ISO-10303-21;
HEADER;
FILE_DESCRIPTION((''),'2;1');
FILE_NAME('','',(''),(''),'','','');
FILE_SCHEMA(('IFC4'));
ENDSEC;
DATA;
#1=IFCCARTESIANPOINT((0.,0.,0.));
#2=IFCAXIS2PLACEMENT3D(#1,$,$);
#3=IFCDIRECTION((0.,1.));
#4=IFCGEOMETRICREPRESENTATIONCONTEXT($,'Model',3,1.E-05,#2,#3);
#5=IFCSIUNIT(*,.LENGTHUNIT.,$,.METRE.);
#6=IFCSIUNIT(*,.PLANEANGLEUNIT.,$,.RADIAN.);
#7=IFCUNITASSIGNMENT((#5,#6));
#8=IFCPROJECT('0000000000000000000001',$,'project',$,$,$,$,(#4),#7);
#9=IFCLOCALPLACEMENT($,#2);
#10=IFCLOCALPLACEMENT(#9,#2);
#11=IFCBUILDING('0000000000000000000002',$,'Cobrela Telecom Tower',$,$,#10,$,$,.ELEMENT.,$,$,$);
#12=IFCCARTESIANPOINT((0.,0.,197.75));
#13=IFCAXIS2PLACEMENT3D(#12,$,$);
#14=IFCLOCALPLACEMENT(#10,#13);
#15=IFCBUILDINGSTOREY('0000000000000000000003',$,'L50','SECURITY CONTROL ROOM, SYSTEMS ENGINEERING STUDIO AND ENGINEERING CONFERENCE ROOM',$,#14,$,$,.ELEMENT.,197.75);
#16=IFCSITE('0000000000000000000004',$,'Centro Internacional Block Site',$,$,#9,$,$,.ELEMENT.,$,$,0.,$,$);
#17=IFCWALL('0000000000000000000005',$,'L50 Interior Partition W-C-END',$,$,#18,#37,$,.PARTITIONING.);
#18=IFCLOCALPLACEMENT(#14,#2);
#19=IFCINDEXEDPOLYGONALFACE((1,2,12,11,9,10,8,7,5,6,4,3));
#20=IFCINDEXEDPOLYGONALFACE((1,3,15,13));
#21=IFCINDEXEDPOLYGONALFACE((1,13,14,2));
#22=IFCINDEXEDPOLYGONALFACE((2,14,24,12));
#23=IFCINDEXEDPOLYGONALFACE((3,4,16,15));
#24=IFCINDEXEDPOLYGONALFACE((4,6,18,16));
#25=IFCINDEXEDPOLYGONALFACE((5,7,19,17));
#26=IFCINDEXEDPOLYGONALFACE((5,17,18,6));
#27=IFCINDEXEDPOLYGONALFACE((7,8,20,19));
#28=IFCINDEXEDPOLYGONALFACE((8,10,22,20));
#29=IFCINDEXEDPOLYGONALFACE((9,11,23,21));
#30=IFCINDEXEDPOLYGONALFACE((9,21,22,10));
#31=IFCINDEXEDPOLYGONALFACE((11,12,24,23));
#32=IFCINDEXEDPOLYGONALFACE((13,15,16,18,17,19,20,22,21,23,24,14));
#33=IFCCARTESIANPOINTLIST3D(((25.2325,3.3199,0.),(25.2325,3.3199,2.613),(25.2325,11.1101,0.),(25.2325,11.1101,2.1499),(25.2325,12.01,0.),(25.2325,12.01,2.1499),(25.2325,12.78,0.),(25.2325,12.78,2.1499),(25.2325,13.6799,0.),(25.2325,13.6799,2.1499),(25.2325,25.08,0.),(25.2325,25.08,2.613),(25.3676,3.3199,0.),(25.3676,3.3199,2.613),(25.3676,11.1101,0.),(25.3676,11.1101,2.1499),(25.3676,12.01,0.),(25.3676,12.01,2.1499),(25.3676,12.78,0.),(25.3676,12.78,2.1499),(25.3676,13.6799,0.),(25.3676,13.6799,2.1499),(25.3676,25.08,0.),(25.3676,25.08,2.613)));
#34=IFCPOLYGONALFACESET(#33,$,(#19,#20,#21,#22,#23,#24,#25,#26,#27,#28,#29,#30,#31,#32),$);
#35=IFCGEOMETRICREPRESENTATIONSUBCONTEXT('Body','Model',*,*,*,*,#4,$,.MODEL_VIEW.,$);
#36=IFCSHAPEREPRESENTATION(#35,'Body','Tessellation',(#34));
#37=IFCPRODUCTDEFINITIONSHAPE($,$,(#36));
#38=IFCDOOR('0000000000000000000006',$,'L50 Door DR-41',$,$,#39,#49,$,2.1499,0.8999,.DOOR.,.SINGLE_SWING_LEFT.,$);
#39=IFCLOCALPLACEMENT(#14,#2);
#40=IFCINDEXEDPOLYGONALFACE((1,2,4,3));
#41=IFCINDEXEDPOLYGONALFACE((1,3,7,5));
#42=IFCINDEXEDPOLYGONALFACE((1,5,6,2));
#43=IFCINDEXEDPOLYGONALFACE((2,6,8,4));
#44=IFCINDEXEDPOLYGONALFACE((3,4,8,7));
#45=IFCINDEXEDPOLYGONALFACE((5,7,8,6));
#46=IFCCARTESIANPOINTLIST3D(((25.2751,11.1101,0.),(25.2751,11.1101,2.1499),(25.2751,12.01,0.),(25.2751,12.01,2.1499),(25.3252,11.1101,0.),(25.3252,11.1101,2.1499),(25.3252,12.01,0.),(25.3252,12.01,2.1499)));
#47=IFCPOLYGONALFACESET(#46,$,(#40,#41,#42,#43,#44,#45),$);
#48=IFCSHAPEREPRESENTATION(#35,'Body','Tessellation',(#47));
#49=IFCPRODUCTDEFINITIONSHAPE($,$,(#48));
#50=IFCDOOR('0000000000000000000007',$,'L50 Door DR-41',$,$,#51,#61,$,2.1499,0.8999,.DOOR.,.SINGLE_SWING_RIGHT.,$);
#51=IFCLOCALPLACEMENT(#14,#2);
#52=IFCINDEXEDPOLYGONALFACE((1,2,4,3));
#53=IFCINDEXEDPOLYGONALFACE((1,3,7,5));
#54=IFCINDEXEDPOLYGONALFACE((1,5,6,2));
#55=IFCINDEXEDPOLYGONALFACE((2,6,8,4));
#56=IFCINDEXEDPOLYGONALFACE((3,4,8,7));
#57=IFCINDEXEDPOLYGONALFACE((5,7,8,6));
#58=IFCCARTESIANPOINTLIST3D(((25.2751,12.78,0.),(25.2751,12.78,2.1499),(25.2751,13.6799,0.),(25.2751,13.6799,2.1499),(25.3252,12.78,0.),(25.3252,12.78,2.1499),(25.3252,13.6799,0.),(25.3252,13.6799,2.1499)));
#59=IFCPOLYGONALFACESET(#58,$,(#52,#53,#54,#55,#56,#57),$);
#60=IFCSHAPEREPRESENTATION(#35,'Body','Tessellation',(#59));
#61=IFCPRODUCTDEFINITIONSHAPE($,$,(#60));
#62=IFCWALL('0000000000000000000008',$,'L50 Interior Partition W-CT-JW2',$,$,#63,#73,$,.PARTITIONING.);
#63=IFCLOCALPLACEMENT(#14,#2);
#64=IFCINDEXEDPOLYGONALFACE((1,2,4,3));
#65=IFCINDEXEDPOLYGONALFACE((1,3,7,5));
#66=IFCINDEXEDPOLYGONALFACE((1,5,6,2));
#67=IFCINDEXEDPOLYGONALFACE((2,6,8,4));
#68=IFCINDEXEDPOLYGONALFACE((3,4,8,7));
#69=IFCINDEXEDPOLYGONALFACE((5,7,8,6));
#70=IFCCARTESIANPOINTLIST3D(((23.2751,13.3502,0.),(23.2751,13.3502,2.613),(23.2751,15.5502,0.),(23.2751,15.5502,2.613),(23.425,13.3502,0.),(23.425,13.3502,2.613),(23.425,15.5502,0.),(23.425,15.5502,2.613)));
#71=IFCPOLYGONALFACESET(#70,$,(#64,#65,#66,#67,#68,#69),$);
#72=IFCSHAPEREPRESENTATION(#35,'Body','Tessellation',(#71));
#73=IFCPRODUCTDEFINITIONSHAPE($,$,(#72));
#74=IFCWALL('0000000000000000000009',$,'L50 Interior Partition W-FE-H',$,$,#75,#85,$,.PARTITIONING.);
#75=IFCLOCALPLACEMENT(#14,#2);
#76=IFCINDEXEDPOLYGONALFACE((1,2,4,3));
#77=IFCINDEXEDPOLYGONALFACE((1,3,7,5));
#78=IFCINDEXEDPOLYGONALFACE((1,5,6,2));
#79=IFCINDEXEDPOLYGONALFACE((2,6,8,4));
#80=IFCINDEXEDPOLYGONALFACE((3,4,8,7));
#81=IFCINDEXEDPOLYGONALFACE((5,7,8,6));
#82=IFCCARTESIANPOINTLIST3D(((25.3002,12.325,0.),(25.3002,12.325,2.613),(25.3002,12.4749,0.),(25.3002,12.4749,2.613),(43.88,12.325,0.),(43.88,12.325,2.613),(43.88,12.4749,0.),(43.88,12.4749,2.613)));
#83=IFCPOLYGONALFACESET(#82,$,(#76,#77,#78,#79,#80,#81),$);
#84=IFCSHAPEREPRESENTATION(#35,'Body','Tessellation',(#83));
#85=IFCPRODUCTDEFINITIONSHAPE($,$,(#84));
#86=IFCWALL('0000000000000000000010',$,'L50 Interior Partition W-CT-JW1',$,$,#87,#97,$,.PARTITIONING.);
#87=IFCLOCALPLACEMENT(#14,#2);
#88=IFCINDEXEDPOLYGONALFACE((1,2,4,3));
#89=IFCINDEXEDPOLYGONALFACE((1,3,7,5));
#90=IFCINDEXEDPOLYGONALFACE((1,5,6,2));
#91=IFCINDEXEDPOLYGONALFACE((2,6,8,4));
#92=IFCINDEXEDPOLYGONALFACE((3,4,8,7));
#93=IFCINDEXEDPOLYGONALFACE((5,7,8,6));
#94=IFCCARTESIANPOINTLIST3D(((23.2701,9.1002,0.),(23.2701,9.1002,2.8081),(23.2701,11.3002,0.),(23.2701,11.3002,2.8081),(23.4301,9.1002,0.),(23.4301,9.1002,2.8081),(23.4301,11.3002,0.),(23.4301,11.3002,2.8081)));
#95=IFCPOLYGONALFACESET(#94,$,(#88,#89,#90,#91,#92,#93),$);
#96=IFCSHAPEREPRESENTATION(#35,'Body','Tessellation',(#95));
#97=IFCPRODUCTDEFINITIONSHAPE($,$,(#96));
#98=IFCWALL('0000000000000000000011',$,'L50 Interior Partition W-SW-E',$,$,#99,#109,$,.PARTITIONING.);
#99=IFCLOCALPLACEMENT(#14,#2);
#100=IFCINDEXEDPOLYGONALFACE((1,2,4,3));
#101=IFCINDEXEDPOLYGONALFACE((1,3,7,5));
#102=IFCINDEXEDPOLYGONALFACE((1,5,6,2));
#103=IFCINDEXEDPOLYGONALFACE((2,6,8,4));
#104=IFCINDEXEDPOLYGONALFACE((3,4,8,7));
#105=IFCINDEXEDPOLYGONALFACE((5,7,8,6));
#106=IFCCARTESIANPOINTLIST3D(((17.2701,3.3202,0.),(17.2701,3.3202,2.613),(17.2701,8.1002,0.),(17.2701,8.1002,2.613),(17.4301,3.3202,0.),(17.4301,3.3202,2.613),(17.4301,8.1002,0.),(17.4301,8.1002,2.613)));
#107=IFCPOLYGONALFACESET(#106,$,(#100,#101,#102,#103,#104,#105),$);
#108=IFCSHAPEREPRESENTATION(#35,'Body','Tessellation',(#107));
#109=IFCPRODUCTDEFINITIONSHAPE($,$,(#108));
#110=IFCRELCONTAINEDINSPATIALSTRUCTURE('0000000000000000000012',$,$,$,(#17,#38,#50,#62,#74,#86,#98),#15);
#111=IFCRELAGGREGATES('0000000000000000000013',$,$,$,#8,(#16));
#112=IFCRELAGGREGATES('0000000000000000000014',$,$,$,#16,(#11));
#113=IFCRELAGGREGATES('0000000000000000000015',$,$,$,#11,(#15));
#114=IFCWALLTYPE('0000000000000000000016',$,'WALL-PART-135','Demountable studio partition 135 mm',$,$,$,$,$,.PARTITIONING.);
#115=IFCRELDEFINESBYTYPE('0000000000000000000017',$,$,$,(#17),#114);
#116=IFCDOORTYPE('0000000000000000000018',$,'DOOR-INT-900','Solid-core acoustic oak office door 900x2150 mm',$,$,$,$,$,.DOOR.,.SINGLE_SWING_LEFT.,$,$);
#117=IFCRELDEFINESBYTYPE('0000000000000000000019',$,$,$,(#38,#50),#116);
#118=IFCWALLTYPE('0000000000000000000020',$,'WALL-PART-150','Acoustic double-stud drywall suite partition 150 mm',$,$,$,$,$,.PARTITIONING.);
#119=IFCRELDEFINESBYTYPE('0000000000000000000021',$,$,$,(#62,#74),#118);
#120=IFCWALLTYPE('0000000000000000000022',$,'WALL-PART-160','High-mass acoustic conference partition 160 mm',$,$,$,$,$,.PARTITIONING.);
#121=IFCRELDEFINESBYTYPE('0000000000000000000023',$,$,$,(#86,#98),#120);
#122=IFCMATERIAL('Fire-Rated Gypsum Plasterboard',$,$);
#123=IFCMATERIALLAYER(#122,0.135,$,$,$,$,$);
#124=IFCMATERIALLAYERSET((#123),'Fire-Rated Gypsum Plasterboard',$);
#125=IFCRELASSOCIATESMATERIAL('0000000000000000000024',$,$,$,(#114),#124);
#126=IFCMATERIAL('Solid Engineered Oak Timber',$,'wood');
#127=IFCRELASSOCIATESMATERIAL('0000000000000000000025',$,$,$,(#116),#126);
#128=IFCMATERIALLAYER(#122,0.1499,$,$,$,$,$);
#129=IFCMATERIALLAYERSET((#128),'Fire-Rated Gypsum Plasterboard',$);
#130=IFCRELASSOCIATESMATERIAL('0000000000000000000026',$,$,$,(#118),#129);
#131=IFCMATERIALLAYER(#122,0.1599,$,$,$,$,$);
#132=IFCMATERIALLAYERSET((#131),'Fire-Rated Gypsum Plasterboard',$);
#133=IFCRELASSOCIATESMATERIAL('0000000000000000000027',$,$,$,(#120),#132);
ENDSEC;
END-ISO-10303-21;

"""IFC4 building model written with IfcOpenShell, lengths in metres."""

from ifc_helpers import new_model, si_unit, direction, frame, frame_2d, origin, place, context, subcontext, project, spatial, rectangle, extrude, material, layer, layer_set, type_object, element, fill, save


model = new_model("IFC4")

# Units and contexts
model_context = context("Model", 3, precision=1e-05, world=origin(), true_north=direction((0.0, 1.0)))
body_context = subcontext(model_context, "Body", "Model", "MODEL_VIEW")
ifc_project = project(units=[si_unit("LENGTHUNIT", "METRE"), si_unit("PLANEANGLEUNIT", "RADIAN")], contexts=[model_context])

# Site, building, storey
site_placement = place(None, origin())
site = spatial("IfcSite", under=ifc_project, at=site_placement, Name="Centro Internacional Block Site", CompositionType="ELEMENT", RefElevation=0.0)
building_placement = place(site_placement, origin())
building = spatial("IfcBuilding", under=site, at=building_placement, Name="Cobrela Telecom Tower", CompositionType="ELEMENT")
storey_placement = place(building_placement, frame((0.0, 0.0, 197.75)))
storey = spatial("IfcBuildingStorey", under=building, at=storey_placement, Name="L50", Description="SECURITY CONTROL ROOM, SYSTEMS ENGINEERING STUDIO AND ENGINEERING CONFERENCE ROOM", CompositionType="ELEMENT", Elevation=197.75)

# Shared definitions
ifc_material_1 = material(Name="Fire-Rated Gypsum Plasterboard")
ifc_layer_1 = layer(ifc_material_1, 0.135)
ifc_layer_set_1 = layer_set([ifc_layer_1], Name="Fire-Rated Gypsum Plasterboard")
wall_type_1 = type_object("IfcWallType", Name="WALL-PART-135", Description="Demountable studio partition 135 mm", PredefinedType="PARTITIONING", material=ifc_layer_set_1)

# Wall, openings, doors
wall_1_placement = place(storey_placement, frame((25.3, 3.3201, 0.0), z_axis=(0.0, 0.0, 1.0), x_axis=(0.0, 1.0, 0.0)))
wall_1 = element("IfcWall", 1, at=wall_1_placement, inside=storey, type_object=wall_type_1, Name="L50 Interior Partition W-C-END", PredefinedType="PARTITIONING", context=body_context, shape_type="SweptSolid", body=[
    extrude(rectangle(XDim=21.76, YDim=0.135, at=frame_2d((10.8799, 0.0))), origin(), (0.0, 0.0, 1.0), 2.613),
])
opening_1_placement = place(wall_1_placement, frame((7.79, 0.0, 0.0)))
opening_1 = element("IfcOpeningElement", 2, at=opening_1_placement, cuts=wall_1, PredefinedType="OPENING", context=body_context, shape_type="SweptSolid", body=[
    extrude(rectangle(XDim=0.8999, YDim=2.1499, at=frame_2d((0.45, 1.075))), frame((0.0, 0.0796, 0.0), z_axis=(0.0, -1.0, 0.0), x_axis=(1.0, 0.0, 0.0)), (0.0, 0.0, 1.0), 0.1589),
])
opening_2_placement = place(wall_1_placement, frame((9.46, 0.0, 0.0)))
opening_2 = element("IfcOpeningElement", 3, at=opening_2_placement, cuts=wall_1, PredefinedType="OPENING", context=body_context, shape_type="SweptSolid", body=[
    extrude(rectangle(XDim=0.8999, YDim=2.1499, at=frame_2d((0.45, 1.075))), frame((0.0, 0.0796, 0.0), z_axis=(0.0, -1.0, 0.0), x_axis=(1.0, 0.0, 0.0)), (0.0, 0.0, 1.0), 0.1589),
])
ifc_material_2 = material(Name="Solid Engineered Oak Timber", Category="wood")
door_type = type_object("IfcDoorType", Name="DOOR-INT-900", Description="Solid-core acoustic oak office door 900x2150 mm", OperationType="SINGLE_SWING_LEFT", PredefinedType="DOOR", material=ifc_material_2)
door_1_placement = place(opening_1_placement, origin())
door_1 = element("IfcDoor", 4, at=door_1_placement, inside=storey, type_object=door_type, Name="L50 Door DR-41", OperationType="SINGLE_SWING_LEFT", OverallHeight=2.1499, OverallWidth=0.8999, PredefinedType="DOOR", context=body_context, shape_type="SweptSolid", body=[
    extrude(rectangle(XDim=0.8999, YDim=2.1499, at=frame_2d((0.45, 1.075))), frame((0.0, 0.0249, 0.0), z_axis=(0.0, -1.0, 0.0), x_axis=(1.0, 0.0, 0.0)), (0.0, 0.0, 1.0), 0.05),
])
fill(opening_1, door_1)
door_2_placement = place(opening_2_placement, origin())
door_2 = element("IfcDoor", 5, at=door_2_placement, inside=storey, type_object=door_type, Name="L50 Door DR-41", OperationType="SINGLE_SWING_RIGHT", OverallHeight=2.1499, OverallWidth=0.8999, PredefinedType="DOOR", context=body_context, shape_type="SweptSolid", body=[
    extrude(rectangle(XDim=0.8999, YDim=2.1499, at=frame_2d((0.45, 1.075))), frame((0.0, 0.0249, 0.0), z_axis=(0.0, -1.0, 0.0), x_axis=(1.0, 0.0, 0.0)), (0.0, 0.0, 1.0), 0.05),
])
fill(opening_2, door_2)

# Walls
ifc_layer_2 = layer(ifc_material_1, 0.1499)
ifc_layer_set_2 = layer_set([ifc_layer_2], Name="Fire-Rated Gypsum Plasterboard")
wall_type_2 = type_object("IfcWallType", Name="WALL-PART-150", Description="Acoustic double-stud drywall suite partition 150 mm", PredefinedType="PARTITIONING", material=ifc_layer_set_2)
wall_2_placement = place(storey_placement, frame((23.3501, 13.3501, 0.0), z_axis=(0.0, 0.0, 1.0), x_axis=(0.0, 1.0, 0.0)))
element("IfcWall", 6, at=wall_2_placement, inside=storey, type_object=wall_type_2, Name="L50 Interior Partition W-CT-JW2", PredefinedType="PARTITIONING", context=body_context, shape_type="SweptSolid", body=[
    extrude(rectangle(XDim=2.2, YDim=0.1499, at=frame_2d((1.1001, 0.0))), origin(), (0.0, 0.0, 1.0), 2.613),
])
wall_3_placement = place(storey_placement, frame((25.3, 12.3999, 0.0), z_axis=(0.0, 0.0, 1.0), x_axis=(1.0, 0.0, 0.0)))
element("IfcWall", 7, at=wall_3_placement, inside=storey, type_object=wall_type_2, Name="L50 Interior Partition W-FE-H", PredefinedType="PARTITIONING", context=body_context, shape_type="SweptSolid", body=[
    extrude(rectangle(XDim=18.5798, YDim=0.1499, at=frame_2d((9.29, 0.0))), origin(), (0.0, 0.0, 1.0), 2.613),
])
ifc_layer_3 = layer(ifc_material_1, 0.1599)
ifc_layer_set_3 = layer_set([ifc_layer_3], Name="Fire-Rated Gypsum Plasterboard")
wall_type_3 = type_object("IfcWallType", Name="WALL-PART-160", Description="High-mass acoustic conference partition 160 mm", PredefinedType="PARTITIONING", material=ifc_layer_set_3)
wall_4_placement = place(storey_placement, frame((23.3501, 9.1001, 0.0), z_axis=(0.0, 0.0, 1.0), x_axis=(0.0, 1.0, 0.0)))
element("IfcWall", 8, at=wall_4_placement, inside=storey, type_object=wall_type_3, Name="L50 Interior Partition W-CT-JW1", PredefinedType="PARTITIONING", context=body_context, shape_type="SweptSolid", body=[
    extrude(rectangle(XDim=2.2, YDim=0.1599, at=frame_2d((1.1001, 0.0))), origin(), (0.0, 0.0, 1.0), 2.8081),
])
wall_5_placement = place(storey_placement, frame((17.3501, 3.3201, 0.0), z_axis=(0.0, 0.0, 1.0), x_axis=(0.0, 1.0, 0.0)))
element("IfcWall", 9, at=wall_5_placement, inside=storey, type_object=wall_type_3, Name="L50 Interior Partition W-SW-E", PredefinedType="PARTITIONING", context=body_context, shape_type="SweptSolid", body=[
    extrude(rectangle(XDim=4.78, YDim=0.1599, at=frame_2d((2.3901, 0.0))), origin(), (0.0, 0.0, 1.0), 2.613),
])

save(model, "model.ifc")
